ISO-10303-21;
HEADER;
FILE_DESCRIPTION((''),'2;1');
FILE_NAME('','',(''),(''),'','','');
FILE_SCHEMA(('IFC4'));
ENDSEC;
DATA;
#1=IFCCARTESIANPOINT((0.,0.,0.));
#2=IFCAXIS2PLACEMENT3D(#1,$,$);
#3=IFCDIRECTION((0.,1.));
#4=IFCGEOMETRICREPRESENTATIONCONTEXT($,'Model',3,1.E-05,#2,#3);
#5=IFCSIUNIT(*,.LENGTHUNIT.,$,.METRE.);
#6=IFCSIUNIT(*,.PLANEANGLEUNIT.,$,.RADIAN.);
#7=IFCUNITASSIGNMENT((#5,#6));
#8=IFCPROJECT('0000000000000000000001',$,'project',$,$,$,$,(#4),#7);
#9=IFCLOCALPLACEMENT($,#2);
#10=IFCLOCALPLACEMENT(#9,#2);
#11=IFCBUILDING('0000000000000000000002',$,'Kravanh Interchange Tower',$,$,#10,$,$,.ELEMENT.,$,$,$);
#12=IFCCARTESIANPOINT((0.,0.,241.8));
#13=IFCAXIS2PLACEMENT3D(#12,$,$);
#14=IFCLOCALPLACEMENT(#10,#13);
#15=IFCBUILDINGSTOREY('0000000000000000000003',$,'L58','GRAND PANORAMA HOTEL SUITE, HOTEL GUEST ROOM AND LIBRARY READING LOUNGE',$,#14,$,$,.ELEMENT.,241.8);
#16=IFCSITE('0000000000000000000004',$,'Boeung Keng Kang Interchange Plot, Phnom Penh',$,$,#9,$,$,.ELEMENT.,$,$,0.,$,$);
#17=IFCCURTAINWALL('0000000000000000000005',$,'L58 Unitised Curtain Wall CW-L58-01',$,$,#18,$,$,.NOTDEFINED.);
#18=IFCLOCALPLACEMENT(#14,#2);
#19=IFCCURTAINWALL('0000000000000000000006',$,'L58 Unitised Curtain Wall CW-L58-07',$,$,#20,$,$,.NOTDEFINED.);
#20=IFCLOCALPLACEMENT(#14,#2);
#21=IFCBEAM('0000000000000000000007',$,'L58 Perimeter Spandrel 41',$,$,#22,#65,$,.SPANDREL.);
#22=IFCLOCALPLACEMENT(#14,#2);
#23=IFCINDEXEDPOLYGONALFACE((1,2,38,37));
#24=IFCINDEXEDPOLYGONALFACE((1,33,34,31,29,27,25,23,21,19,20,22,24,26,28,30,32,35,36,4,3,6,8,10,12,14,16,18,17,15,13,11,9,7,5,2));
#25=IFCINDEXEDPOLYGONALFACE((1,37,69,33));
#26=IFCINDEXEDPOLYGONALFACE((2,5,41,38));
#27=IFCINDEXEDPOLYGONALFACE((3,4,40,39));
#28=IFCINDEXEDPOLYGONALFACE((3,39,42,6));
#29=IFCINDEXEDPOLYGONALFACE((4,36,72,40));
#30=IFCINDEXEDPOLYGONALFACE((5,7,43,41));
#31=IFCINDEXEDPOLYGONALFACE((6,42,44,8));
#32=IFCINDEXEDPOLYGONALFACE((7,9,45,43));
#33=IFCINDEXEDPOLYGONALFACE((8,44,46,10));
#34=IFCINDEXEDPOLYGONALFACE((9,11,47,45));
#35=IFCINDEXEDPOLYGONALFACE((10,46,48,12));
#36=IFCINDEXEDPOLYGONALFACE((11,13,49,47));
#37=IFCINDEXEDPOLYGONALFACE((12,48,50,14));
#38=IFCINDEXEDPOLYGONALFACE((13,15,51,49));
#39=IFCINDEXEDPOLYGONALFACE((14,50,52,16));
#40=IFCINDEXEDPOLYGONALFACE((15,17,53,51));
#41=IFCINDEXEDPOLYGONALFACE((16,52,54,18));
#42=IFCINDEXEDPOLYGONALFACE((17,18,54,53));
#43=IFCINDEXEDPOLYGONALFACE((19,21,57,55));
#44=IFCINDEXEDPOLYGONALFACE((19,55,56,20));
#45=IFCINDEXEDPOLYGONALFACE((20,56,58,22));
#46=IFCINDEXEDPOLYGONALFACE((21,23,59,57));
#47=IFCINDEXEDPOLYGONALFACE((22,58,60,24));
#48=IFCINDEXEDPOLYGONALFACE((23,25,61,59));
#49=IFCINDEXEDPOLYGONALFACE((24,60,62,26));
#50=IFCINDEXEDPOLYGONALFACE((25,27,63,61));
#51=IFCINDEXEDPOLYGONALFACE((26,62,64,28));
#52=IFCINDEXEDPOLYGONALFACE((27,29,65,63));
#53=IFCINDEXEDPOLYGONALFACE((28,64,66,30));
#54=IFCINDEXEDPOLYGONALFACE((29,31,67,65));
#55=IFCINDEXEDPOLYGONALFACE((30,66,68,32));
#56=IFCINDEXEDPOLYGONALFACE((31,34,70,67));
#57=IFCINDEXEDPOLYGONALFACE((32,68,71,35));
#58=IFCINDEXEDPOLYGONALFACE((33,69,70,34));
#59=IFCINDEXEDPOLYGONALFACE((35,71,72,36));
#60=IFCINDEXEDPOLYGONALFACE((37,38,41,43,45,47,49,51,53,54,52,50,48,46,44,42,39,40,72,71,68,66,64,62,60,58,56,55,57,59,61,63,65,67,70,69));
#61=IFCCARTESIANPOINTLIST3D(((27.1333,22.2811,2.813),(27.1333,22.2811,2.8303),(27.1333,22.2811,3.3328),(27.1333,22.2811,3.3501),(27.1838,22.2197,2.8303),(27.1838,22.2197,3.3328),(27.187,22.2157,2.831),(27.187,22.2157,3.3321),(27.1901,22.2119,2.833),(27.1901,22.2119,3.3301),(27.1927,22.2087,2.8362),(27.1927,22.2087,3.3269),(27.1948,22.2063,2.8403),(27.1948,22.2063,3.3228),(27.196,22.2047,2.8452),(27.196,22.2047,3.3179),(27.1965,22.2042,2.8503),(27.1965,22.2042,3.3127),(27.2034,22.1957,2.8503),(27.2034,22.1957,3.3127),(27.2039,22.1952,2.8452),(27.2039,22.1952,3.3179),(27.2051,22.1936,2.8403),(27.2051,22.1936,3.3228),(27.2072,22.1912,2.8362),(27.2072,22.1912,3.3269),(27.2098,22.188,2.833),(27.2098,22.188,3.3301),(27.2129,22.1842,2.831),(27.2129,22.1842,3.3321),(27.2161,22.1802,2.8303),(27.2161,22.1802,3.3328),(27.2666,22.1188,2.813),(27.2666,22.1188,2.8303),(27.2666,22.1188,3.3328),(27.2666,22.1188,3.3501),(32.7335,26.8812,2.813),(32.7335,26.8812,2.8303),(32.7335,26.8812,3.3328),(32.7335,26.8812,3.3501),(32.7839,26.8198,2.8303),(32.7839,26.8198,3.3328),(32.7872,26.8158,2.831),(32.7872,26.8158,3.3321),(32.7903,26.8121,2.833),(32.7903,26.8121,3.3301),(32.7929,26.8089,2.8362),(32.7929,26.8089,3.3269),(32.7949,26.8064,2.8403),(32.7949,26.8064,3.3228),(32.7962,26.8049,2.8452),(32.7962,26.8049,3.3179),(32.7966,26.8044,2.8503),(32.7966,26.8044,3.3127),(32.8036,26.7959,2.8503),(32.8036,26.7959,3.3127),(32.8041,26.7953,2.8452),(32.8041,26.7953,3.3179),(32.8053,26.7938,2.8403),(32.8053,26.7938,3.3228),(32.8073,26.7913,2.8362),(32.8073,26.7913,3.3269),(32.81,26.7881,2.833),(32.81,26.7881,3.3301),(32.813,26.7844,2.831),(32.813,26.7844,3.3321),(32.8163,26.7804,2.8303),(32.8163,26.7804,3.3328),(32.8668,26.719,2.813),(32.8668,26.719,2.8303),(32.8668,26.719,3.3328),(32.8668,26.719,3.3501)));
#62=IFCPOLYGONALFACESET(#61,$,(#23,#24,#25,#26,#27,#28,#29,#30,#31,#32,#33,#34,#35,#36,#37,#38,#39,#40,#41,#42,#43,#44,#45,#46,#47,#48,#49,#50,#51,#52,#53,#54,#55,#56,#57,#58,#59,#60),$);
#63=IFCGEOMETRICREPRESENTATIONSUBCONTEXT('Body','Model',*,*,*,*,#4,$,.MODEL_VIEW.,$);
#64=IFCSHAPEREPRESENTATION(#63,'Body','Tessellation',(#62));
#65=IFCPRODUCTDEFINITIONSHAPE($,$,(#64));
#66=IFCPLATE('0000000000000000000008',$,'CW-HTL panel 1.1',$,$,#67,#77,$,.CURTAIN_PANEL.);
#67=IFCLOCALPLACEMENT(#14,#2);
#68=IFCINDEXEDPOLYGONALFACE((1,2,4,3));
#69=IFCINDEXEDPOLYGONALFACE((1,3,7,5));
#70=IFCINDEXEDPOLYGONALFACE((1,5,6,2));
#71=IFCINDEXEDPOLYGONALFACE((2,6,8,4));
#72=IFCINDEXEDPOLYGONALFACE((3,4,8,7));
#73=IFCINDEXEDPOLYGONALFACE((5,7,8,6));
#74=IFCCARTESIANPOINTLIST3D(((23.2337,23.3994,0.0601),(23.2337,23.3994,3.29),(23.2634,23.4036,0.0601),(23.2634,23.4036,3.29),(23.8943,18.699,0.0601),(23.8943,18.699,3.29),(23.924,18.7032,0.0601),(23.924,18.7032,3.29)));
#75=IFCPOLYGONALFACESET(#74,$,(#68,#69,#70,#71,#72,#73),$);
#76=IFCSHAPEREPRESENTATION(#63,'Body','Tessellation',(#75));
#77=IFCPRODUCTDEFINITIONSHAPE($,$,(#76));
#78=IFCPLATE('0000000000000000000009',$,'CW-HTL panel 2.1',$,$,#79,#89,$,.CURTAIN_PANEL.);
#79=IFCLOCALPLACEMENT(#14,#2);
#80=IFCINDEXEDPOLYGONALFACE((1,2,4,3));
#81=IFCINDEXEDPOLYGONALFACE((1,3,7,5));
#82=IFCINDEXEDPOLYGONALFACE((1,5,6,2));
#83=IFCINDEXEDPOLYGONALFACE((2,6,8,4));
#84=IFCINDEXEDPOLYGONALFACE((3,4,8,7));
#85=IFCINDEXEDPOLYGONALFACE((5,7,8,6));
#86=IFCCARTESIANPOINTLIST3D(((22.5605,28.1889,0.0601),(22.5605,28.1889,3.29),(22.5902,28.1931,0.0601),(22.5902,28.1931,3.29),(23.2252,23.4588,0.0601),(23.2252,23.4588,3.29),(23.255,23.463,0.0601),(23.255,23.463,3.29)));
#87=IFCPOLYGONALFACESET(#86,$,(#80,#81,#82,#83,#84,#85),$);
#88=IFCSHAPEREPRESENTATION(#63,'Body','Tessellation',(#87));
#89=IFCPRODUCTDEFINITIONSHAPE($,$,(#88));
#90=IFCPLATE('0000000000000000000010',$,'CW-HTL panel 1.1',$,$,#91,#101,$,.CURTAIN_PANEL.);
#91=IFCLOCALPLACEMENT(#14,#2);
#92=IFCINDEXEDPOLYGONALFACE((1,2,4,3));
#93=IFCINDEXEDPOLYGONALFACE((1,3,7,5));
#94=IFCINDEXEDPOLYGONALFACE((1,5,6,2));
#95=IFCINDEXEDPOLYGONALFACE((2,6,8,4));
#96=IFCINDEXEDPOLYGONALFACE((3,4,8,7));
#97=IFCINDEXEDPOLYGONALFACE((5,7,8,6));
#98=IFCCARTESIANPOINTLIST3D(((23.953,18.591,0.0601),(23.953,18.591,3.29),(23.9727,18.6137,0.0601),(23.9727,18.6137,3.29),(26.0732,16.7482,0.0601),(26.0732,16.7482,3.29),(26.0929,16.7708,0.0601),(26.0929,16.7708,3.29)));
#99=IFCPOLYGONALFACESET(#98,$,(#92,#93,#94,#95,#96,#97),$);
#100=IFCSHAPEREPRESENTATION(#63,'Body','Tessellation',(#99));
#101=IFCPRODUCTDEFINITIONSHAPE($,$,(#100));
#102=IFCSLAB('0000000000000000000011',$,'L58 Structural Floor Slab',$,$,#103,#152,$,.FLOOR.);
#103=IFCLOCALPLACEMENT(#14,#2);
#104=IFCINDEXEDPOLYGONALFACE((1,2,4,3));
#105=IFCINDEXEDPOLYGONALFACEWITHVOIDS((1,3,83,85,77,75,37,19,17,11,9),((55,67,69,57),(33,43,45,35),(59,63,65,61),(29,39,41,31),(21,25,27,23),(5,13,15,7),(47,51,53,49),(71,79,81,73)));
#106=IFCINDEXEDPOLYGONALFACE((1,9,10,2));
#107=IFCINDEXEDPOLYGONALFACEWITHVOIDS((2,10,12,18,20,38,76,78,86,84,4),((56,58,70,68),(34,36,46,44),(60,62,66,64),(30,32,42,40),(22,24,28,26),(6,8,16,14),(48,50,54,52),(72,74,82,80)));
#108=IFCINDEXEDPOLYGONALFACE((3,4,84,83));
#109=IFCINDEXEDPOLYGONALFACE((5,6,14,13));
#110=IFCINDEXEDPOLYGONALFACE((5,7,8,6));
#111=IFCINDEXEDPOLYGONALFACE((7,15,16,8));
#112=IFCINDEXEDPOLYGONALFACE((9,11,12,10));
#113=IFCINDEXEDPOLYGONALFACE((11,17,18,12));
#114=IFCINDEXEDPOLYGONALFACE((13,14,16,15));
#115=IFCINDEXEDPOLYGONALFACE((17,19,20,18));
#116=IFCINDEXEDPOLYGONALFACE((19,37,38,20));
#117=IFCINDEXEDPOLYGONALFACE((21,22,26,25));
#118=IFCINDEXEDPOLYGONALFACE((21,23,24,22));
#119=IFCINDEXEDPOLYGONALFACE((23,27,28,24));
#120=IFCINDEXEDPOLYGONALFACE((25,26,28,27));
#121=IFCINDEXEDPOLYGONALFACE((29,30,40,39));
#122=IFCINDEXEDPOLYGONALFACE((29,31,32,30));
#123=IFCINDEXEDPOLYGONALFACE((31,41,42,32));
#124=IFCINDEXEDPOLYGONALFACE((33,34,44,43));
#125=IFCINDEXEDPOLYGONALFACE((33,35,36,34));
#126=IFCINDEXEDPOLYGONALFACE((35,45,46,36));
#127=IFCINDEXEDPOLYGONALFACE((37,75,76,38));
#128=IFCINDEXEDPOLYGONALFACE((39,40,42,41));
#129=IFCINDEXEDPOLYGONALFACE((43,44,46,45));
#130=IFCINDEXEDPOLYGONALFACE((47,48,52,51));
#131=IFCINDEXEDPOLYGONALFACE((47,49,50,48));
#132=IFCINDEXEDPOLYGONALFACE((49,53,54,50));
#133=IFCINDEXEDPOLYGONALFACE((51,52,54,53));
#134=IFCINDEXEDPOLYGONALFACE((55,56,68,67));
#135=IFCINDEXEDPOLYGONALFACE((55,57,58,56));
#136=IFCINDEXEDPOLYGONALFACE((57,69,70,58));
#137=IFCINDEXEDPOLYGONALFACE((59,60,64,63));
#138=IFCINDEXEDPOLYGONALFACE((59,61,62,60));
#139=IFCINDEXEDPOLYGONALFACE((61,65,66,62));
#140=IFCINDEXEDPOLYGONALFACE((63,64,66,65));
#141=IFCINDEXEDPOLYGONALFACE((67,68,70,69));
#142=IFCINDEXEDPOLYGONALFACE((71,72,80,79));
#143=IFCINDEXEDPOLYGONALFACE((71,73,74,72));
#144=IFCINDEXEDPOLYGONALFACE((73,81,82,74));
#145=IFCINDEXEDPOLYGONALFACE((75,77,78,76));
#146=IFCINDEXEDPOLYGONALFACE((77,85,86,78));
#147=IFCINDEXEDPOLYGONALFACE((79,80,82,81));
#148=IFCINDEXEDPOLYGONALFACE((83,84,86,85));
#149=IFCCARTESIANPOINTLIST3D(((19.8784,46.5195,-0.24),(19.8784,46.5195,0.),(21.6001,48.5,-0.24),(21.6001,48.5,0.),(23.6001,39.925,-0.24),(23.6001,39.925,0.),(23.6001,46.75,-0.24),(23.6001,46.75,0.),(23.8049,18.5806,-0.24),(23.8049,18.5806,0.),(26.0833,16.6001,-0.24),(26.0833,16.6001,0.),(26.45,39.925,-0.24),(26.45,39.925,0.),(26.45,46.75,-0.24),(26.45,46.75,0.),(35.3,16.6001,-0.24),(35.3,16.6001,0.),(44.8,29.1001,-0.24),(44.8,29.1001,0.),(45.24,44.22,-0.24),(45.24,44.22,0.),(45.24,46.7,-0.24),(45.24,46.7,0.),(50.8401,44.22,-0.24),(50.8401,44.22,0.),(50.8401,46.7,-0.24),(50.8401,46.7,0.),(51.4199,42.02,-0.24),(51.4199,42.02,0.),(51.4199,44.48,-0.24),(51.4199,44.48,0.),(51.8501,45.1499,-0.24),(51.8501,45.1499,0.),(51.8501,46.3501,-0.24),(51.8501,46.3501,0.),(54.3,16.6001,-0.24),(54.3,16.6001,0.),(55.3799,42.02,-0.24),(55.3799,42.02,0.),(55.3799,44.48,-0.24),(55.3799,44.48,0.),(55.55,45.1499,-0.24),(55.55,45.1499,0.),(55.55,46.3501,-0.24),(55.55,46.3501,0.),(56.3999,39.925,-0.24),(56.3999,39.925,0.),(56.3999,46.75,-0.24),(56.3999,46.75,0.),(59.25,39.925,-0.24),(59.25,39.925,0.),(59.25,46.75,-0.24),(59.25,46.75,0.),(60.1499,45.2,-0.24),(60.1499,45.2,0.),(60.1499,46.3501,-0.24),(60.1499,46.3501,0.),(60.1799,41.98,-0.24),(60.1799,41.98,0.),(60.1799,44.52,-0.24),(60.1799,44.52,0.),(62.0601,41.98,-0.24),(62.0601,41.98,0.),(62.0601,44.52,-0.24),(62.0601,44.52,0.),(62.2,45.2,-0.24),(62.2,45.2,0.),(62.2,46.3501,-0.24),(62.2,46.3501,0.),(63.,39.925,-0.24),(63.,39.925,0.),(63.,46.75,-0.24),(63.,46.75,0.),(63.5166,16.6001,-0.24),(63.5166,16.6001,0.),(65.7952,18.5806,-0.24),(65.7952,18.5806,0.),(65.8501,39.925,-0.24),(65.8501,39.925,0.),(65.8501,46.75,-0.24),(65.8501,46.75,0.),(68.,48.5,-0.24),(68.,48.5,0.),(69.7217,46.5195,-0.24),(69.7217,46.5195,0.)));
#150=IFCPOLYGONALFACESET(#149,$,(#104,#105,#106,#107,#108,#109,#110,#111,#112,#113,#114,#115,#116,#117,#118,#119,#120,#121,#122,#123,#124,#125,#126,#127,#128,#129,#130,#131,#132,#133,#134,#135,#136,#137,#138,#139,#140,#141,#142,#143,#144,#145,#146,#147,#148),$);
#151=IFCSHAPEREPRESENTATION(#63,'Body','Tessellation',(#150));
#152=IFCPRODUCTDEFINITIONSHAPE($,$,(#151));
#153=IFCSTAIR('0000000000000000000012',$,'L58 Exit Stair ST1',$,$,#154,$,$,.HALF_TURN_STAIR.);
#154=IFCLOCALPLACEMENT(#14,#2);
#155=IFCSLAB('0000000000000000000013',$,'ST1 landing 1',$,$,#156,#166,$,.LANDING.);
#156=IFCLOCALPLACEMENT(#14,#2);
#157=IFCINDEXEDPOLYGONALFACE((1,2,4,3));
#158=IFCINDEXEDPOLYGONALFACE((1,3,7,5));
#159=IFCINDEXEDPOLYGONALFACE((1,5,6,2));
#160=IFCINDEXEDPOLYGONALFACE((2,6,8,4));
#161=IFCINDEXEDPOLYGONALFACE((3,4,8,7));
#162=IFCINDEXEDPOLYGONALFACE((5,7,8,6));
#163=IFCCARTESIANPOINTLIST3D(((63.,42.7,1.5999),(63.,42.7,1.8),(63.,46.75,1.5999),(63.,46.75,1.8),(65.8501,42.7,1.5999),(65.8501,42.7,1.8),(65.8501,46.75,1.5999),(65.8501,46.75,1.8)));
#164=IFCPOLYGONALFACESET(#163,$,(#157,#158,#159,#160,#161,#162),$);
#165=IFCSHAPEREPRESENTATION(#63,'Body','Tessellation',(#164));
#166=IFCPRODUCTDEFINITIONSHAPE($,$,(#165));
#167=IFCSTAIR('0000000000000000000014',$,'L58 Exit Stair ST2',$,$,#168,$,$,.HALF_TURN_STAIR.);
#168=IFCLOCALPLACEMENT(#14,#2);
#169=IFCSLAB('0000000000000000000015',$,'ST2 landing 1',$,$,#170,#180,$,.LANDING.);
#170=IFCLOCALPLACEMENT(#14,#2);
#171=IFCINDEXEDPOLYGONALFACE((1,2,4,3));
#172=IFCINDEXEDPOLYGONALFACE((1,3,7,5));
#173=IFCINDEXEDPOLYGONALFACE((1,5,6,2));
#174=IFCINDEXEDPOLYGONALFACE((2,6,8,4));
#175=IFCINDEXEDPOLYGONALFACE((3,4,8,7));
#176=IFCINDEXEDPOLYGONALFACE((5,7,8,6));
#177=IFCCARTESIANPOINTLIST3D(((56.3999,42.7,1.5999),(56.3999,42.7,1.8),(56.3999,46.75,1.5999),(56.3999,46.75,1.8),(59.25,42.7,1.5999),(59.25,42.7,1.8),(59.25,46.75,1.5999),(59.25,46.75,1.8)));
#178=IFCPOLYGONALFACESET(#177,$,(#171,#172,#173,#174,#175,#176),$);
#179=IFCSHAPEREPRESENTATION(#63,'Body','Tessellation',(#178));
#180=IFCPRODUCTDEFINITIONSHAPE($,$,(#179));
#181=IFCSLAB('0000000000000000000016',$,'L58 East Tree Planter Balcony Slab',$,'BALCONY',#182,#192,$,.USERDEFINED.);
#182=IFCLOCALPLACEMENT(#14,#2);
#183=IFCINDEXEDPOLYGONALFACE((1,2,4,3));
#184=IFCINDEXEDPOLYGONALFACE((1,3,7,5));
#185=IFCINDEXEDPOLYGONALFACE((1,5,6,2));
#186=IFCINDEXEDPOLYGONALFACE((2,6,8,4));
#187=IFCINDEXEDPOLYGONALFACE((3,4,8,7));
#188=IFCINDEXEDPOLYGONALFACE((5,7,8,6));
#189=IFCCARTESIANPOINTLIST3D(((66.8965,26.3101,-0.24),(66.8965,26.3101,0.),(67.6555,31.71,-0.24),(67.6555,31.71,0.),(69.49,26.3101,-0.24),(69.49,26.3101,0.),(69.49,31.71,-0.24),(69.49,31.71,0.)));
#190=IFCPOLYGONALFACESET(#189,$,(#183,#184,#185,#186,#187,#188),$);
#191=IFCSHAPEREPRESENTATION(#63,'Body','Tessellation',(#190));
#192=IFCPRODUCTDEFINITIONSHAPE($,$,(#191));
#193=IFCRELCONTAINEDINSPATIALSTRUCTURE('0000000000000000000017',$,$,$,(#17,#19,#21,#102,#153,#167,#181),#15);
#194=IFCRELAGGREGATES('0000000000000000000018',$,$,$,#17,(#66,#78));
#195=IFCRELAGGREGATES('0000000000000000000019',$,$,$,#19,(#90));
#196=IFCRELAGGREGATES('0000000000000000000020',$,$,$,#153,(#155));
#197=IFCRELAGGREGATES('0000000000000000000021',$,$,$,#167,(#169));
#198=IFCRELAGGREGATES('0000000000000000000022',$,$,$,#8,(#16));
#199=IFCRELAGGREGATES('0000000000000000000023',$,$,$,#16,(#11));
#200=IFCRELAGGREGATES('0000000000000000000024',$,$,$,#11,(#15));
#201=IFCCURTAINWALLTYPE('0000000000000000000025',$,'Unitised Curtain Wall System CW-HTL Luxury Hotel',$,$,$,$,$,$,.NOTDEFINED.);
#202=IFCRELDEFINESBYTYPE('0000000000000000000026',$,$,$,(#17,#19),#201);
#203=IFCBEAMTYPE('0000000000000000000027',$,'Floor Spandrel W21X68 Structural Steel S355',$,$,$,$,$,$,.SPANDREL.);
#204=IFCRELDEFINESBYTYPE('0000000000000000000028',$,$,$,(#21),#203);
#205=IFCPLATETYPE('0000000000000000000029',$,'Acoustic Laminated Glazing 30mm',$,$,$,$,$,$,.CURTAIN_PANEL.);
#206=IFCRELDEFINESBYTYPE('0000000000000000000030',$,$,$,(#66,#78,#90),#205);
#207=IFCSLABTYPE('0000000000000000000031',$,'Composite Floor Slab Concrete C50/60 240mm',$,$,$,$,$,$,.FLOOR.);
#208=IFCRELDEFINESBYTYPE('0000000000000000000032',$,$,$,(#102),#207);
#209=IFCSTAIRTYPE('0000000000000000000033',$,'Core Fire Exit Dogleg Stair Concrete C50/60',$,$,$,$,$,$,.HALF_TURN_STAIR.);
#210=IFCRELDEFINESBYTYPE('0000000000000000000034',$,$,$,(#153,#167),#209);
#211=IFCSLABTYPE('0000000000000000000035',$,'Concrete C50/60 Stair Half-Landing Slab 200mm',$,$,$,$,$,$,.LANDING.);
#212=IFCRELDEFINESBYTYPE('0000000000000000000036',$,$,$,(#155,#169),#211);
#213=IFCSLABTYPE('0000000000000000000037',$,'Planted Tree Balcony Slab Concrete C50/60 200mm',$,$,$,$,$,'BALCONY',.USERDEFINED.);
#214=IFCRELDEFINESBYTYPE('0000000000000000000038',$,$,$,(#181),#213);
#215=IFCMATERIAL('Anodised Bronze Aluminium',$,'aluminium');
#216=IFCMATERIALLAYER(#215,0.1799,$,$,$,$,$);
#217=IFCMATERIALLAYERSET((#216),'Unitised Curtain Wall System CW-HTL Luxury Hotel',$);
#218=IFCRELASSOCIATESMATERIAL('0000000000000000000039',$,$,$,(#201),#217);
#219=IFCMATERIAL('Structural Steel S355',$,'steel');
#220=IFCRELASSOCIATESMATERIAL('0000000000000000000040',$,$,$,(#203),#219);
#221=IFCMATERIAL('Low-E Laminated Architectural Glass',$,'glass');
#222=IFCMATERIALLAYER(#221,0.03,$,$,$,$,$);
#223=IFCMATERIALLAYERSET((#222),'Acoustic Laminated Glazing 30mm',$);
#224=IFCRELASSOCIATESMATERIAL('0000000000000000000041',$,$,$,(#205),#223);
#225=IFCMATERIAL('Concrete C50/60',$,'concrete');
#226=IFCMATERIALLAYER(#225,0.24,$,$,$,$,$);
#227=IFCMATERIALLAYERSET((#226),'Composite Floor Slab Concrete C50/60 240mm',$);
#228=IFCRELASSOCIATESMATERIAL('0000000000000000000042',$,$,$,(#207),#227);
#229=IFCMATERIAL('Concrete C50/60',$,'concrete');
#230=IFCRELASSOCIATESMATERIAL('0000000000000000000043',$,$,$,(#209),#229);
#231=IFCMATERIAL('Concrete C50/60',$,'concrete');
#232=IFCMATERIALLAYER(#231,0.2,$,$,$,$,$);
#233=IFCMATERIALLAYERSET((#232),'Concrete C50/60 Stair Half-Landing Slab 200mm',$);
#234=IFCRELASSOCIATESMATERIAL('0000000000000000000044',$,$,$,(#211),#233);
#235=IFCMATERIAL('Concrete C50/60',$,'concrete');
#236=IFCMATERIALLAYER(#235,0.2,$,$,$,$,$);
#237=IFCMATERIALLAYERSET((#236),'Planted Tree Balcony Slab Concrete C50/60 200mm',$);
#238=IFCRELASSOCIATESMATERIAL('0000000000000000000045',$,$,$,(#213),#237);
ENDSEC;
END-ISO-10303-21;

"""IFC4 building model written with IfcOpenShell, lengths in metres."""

from ifc_helpers import new_model, si_unit, direction, frame, origin, origin_2d, place, context, subcontext, project, spatial, polyline, rectangle, i_section, outline, extrude, material, layer, layer_set, material_profile, profile_set, type_object, element, aggregate, save


model = new_model("IFC4")

# Units and contexts
model_context = context("Model", 3, precision=1e-05, world=origin(), true_north=direction((0.0, 1.0)))
body_context = subcontext(model_context, "Body", "Model", "MODEL_VIEW")
ifc_project = project(units=[si_unit("LENGTHUNIT", "METRE"), si_unit("PLANEANGLEUNIT", "RADIAN")], contexts=[model_context])

# Site, building, storey
site_placement = place(None, origin())
site = spatial("IfcSite", under=ifc_project, at=site_placement, Name="Boeung Keng Kang Interchange Plot, Phnom Penh", CompositionType="ELEMENT", RefElevation=0.0)
building_placement = place(site_placement, origin())
building = spatial("IfcBuilding", under=site, at=building_placement, Name="Kravanh Interchange Tower", CompositionType="ELEMENT")
storey_placement = place(building_placement, frame((0.0, 0.0, 241.8)))
storey = spatial("IfcBuildingStorey", under=building, at=storey_placement, Name="L58", Description="GRAND PANORAMA HOTEL SUITE, HOTEL GUEST ROOM AND LIBRARY READING LOUNGE", CompositionType="ELEMENT", Elevation=241.8)

# Curtain wall
ifc_material_1 = material(Name="Anodised Bronze Aluminium", Category="aluminium")
ifc_layer_1 = layer(ifc_material_1, 0.1799)
ifc_layer_set_1 = layer_set([ifc_layer_1], Name="Unitised Curtain Wall System CW-HTL Luxury Hotel")
curtain_wall_type = type_object("IfcCurtainWallType", Name="Unitised Curtain Wall System CW-HTL Luxury Hotel", PredefinedType="NOTDEFINED", material=ifc_layer_set_1)
curtain_wall_1_placement = place(storey_placement, origin())
curtain_wall_1 = element("IfcCurtainWall", 1, at=curtain_wall_1_placement, inside=storey, type_object=curtain_wall_type, Name="L58 Unitised Curtain Wall CW-L58-01", PredefinedType="NOTDEFINED")

# Curtain wall
curtain_wall_2_placement = place(storey_placement, origin())
curtain_wall_2 = element("IfcCurtainWall", 2, at=curtain_wall_2_placement, inside=storey, type_object=curtain_wall_type, Name="L58 Unitised Curtain Wall CW-L58-07", PredefinedType="NOTDEFINED")

# Beam
ifc_material_2 = material(Name="Structural Steel S355", Category="steel")
ifc_material_profile_1 = material_profile(ifc_material_2, i_section(OverallWidth=0.21, OverallDepth=0.5371, WebThickness=0.011, FlangeThickness=0.0173, FilletRadius=0.02, at=origin_2d()), Name="W21X68")
ifc_profile_set_1 = profile_set([ifc_material_profile_1], Name="Structural Steel S355")
beam_type_1 = type_object("IfcBeamType", Name="Floor Spandrel W21X68 Structural Steel S355", PredefinedType="SPANDREL", material=ifc_profile_set_1)
beam_1_placement = place(storey_placement, frame((27.2, 22.2, 3.0815), z_axis=(0.772725, 0.634741, 0.0), x_axis=(-0.634741, 0.772725, 0.0)))
element("IfcBeam", 3, at=beam_1_placement, inside=storey, type_object=beam_type_1, Name="L58 Perimeter Spandrel 41", PredefinedType="SPANDREL", context=body_context, shape_type="SweptSolid", body=[
    extrude(i_section(OverallWidth=0.21, OverallDepth=0.5371, WebThickness=0.011, FlangeThickness=0.0173, FilletRadius=0.02, at=origin_2d()), origin(), (0.0, 0.0, 1.0), 7.2473),
])

# Plates
ifc_material_3 = material(Name="Low-E Laminated Architectural Glass", Category="glass")
ifc_layer_2 = layer(ifc_material_3, 0.03)
ifc_layer_set_2 = layer_set([ifc_layer_2], Name="Acoustic Laminated Glazing 30mm")
plate_type = type_object("IfcPlateType", Name="Acoustic Laminated Glazing 30mm", PredefinedType="CURTAIN_PANEL", material=ifc_layer_set_2)
plate_1_placement = place(storey_placement, frame((23.5789, 21.0513, 0.0601), z_axis=(0.0, 0.0, 1.0), x_axis=(-0.139176, 0.990268, 0.0)))
plate_1 = element("IfcPlate", 4, at=plate_1_placement, type_object=plate_type, Name="CW-HTL panel 1.1", PredefinedType="CURTAIN_PANEL", context=body_context, shape_type="SweptSolid", body=[
    extrude(rectangle(XDim=4.7466, YDim=0.03, at=origin_2d()), origin(), (0.0, 0.0, 1.0), 3.23),
])
plate_2_placement = place(storey_placement, frame((22.9077, 25.8259, 0.0601), z_axis=(0.0, 0.0, 1.0), x_axis=(-0.139176, 0.990268, 0.0)))
plate_2 = element("IfcPlate", 5, at=plate_2_placement, type_object=plate_type, Name="CW-HTL panel 2.1", PredefinedType="CURTAIN_PANEL", context=body_context, shape_type="SweptSolid", body=[
    extrude(rectangle(XDim=4.7766, YDim=0.03, at=origin_2d()), origin(), (0.0, 0.0, 1.0), 3.23),
])
aggregate(curtain_wall_1, [plate_1, plate_2])
plate_3_placement = place(storey_placement, frame((25.0229, 17.6809, 0.0601), z_axis=(0.0, 0.0, 1.0), x_axis=(-0.754732, 0.656033, 0.0)))
plate_3 = element("IfcPlate", 6, at=plate_3_placement, type_object=plate_type, Name="CW-HTL panel 1.1", PredefinedType="CURTAIN_PANEL", context=body_context, shape_type="SweptSolid", body=[
    extrude(rectangle(XDim=2.8091, YDim=0.03, at=origin_2d()), origin(), (0.0, 0.0, 1.0), 3.23),
])
aggregate(curtain_wall_2, [plate_3])

# Slab
ifc_material_4 = material(Name="Concrete C50/60", Category="concrete")
ifc_layer_3 = layer(ifc_material_4, 0.24)
ifc_layer_set_3 = layer_set([ifc_layer_3], Name="Composite Floor Slab Concrete C50/60 240mm")
slab_type_1 = type_object("IfcSlabType", Name="Composite Floor Slab Concrete C50/60 240mm", PredefinedType="FLOOR", material=ifc_layer_set_3)
slab_1_placement = place(storey_placement, frame((0.0, 0.0, -0.24)))
element("IfcSlab", 7, at=slab_1_placement, inside=storey, type_object=slab_type_1, Name="L58 Structural Floor Slab", PredefinedType="FLOOR", context=body_context, shape_type="SweptSolid", body=[
    extrude(outline(polyline([(23.8049, 18.5806), (26.0833, 16.6001), (35.3, 16.6001), (44.8, 29.1001), (54.3, 16.6001), (63.5166, 16.6001), (65.7952, 18.5806), (69.7217, 46.5195), (68.0, 48.5), (21.6001, 48.5), (19.8784, 46.5195), (23.8049, 18.5806)]), holes=[polyline([(65.8501, 39.925), (65.8501, 46.75), (63.0, 46.75), (63.0, 39.925), (65.8501, 39.925)]), polyline([(59.25, 39.925), (59.25, 46.75), (56.3999, 46.75), (56.3999, 39.925), (59.25, 39.925)]), polyline([(26.45, 39.925), (26.45, 46.75), (23.6001, 46.75), (23.6001, 39.925), (26.45, 39.925)]), polyline([(45.24, 44.22), (50.8401, 44.22), (50.8401, 46.7), (45.24, 46.7), (45.24, 44.22)]), polyline([(51.4199, 42.02), (55.3799, 42.02), (55.3799, 44.48), (51.4199, 44.48), (51.4199, 42.02)]), polyline([(60.1799, 41.98), (62.0601, 41.98), (62.0601, 44.52), (60.1799, 44.52), (60.1799, 41.98)]), polyline([(60.1499, 45.2), (62.2, 45.2), (62.2, 46.3501), (60.1499, 46.3501), (60.1499, 45.2)]), polyline([(51.8501, 45.1499), (55.55, 45.1499), (55.55, 46.3501), (51.8501, 46.3501), (51.8501, 45.1499)])]), origin(), (0.0, 0.0, 1.0), 0.24),
])

# Stairs, slabs
ifc_material_5 = material(Name="Concrete C50/60", Category="concrete")
stair_type = type_object("IfcStairType", Name="Core Fire Exit Dogleg Stair Concrete C50/60", PredefinedType="HALF_TURN_STAIR", material=ifc_material_5)
stair_1_placement = place(storey_placement, origin())
stair_1 = element("IfcStair", 8, at=stair_1_placement, inside=storey, type_object=stair_type, Name="L58 Exit Stair ST1", PredefinedType="HALF_TURN_STAIR")
ifc_material_6 = material(Name="Concrete C50/60", Category="concrete")
ifc_layer_4 = layer(ifc_material_6, 0.2)
ifc_layer_set_4 = layer_set([ifc_layer_4], Name="Concrete C50/60 Stair Half-Landing Slab 200mm")
slab_type_2 = type_object("IfcSlabType", Name="Concrete C50/60 Stair Half-Landing Slab 200mm", PredefinedType="LANDING", material=ifc_layer_set_4)
slab_2_placement = place(storey_placement, frame((0.0, 0.0, 1.5999)))
slab_2 = element("IfcSlab", 9, at=slab_2_placement, type_object=slab_type_2, Name="ST1 landing 1", PredefinedType="LANDING", context=body_context, shape_type="SweptSolid", body=[
    extrude(outline(polyline([(65.8501, 42.7), (65.8501, 46.75), (63.0, 46.75), (63.0, 42.7), (65.8501, 42.7)])), origin(), (0.0, 0.0, 1.0), 0.2002),
])
aggregate(stair_1, [slab_2])
stair_2_placement = place(storey_placement, origin())
stair_2 = element("IfcStair", 10, at=stair_2_placement, inside=storey, type_object=stair_type, Name="L58 Exit Stair ST2", PredefinedType="HALF_TURN_STAIR")
slab_3_placement = place(storey_placement, frame((0.0, 0.0, 1.5999)))
slab_3 = element("IfcSlab", 11, at=slab_3_placement, type_object=slab_type_2, Name="ST2 landing 1", PredefinedType="LANDING", context=body_context, shape_type="SweptSolid", body=[
    extrude(outline(polyline([(59.25, 42.7), (59.25, 46.75), (56.3999, 46.75), (56.3999, 42.7), (59.25, 42.7)])), origin(), (0.0, 0.0, 1.0), 0.2002),
])
aggregate(stair_2, [slab_3])

# Slab
ifc_material_7 = material(Name="Concrete C50/60", Category="concrete")
ifc_layer_5 = layer(ifc_material_7, 0.2)
ifc_layer_set_5 = layer_set([ifc_layer_5], Name="Planted Tree Balcony Slab Concrete C50/60 200mm")
slab_type_3 = type_object("IfcSlabType", Name="Planted Tree Balcony Slab Concrete C50/60 200mm", ElementType="BALCONY", PredefinedType="USERDEFINED", material=ifc_layer_set_5)
slab_4_placement = place(storey_placement, frame((0.0, 0.0, -0.24)))
element("IfcSlab", 12, at=slab_4_placement, inside=storey, type_object=slab_type_3, Name="L58 East Tree Planter Balcony Slab", ObjectType="BALCONY", PredefinedType="USERDEFINED", context=body_context, shape_type="SweptSolid", body=[
    extrude(outline(polyline([(69.49, 31.71), (69.49, 26.3101), (66.8965, 26.3101), (67.6555, 31.71), (69.49, 31.71)])), origin(), (0.0, 0.0, 1.0), 0.24),
])

save(model, "model.ifc")
